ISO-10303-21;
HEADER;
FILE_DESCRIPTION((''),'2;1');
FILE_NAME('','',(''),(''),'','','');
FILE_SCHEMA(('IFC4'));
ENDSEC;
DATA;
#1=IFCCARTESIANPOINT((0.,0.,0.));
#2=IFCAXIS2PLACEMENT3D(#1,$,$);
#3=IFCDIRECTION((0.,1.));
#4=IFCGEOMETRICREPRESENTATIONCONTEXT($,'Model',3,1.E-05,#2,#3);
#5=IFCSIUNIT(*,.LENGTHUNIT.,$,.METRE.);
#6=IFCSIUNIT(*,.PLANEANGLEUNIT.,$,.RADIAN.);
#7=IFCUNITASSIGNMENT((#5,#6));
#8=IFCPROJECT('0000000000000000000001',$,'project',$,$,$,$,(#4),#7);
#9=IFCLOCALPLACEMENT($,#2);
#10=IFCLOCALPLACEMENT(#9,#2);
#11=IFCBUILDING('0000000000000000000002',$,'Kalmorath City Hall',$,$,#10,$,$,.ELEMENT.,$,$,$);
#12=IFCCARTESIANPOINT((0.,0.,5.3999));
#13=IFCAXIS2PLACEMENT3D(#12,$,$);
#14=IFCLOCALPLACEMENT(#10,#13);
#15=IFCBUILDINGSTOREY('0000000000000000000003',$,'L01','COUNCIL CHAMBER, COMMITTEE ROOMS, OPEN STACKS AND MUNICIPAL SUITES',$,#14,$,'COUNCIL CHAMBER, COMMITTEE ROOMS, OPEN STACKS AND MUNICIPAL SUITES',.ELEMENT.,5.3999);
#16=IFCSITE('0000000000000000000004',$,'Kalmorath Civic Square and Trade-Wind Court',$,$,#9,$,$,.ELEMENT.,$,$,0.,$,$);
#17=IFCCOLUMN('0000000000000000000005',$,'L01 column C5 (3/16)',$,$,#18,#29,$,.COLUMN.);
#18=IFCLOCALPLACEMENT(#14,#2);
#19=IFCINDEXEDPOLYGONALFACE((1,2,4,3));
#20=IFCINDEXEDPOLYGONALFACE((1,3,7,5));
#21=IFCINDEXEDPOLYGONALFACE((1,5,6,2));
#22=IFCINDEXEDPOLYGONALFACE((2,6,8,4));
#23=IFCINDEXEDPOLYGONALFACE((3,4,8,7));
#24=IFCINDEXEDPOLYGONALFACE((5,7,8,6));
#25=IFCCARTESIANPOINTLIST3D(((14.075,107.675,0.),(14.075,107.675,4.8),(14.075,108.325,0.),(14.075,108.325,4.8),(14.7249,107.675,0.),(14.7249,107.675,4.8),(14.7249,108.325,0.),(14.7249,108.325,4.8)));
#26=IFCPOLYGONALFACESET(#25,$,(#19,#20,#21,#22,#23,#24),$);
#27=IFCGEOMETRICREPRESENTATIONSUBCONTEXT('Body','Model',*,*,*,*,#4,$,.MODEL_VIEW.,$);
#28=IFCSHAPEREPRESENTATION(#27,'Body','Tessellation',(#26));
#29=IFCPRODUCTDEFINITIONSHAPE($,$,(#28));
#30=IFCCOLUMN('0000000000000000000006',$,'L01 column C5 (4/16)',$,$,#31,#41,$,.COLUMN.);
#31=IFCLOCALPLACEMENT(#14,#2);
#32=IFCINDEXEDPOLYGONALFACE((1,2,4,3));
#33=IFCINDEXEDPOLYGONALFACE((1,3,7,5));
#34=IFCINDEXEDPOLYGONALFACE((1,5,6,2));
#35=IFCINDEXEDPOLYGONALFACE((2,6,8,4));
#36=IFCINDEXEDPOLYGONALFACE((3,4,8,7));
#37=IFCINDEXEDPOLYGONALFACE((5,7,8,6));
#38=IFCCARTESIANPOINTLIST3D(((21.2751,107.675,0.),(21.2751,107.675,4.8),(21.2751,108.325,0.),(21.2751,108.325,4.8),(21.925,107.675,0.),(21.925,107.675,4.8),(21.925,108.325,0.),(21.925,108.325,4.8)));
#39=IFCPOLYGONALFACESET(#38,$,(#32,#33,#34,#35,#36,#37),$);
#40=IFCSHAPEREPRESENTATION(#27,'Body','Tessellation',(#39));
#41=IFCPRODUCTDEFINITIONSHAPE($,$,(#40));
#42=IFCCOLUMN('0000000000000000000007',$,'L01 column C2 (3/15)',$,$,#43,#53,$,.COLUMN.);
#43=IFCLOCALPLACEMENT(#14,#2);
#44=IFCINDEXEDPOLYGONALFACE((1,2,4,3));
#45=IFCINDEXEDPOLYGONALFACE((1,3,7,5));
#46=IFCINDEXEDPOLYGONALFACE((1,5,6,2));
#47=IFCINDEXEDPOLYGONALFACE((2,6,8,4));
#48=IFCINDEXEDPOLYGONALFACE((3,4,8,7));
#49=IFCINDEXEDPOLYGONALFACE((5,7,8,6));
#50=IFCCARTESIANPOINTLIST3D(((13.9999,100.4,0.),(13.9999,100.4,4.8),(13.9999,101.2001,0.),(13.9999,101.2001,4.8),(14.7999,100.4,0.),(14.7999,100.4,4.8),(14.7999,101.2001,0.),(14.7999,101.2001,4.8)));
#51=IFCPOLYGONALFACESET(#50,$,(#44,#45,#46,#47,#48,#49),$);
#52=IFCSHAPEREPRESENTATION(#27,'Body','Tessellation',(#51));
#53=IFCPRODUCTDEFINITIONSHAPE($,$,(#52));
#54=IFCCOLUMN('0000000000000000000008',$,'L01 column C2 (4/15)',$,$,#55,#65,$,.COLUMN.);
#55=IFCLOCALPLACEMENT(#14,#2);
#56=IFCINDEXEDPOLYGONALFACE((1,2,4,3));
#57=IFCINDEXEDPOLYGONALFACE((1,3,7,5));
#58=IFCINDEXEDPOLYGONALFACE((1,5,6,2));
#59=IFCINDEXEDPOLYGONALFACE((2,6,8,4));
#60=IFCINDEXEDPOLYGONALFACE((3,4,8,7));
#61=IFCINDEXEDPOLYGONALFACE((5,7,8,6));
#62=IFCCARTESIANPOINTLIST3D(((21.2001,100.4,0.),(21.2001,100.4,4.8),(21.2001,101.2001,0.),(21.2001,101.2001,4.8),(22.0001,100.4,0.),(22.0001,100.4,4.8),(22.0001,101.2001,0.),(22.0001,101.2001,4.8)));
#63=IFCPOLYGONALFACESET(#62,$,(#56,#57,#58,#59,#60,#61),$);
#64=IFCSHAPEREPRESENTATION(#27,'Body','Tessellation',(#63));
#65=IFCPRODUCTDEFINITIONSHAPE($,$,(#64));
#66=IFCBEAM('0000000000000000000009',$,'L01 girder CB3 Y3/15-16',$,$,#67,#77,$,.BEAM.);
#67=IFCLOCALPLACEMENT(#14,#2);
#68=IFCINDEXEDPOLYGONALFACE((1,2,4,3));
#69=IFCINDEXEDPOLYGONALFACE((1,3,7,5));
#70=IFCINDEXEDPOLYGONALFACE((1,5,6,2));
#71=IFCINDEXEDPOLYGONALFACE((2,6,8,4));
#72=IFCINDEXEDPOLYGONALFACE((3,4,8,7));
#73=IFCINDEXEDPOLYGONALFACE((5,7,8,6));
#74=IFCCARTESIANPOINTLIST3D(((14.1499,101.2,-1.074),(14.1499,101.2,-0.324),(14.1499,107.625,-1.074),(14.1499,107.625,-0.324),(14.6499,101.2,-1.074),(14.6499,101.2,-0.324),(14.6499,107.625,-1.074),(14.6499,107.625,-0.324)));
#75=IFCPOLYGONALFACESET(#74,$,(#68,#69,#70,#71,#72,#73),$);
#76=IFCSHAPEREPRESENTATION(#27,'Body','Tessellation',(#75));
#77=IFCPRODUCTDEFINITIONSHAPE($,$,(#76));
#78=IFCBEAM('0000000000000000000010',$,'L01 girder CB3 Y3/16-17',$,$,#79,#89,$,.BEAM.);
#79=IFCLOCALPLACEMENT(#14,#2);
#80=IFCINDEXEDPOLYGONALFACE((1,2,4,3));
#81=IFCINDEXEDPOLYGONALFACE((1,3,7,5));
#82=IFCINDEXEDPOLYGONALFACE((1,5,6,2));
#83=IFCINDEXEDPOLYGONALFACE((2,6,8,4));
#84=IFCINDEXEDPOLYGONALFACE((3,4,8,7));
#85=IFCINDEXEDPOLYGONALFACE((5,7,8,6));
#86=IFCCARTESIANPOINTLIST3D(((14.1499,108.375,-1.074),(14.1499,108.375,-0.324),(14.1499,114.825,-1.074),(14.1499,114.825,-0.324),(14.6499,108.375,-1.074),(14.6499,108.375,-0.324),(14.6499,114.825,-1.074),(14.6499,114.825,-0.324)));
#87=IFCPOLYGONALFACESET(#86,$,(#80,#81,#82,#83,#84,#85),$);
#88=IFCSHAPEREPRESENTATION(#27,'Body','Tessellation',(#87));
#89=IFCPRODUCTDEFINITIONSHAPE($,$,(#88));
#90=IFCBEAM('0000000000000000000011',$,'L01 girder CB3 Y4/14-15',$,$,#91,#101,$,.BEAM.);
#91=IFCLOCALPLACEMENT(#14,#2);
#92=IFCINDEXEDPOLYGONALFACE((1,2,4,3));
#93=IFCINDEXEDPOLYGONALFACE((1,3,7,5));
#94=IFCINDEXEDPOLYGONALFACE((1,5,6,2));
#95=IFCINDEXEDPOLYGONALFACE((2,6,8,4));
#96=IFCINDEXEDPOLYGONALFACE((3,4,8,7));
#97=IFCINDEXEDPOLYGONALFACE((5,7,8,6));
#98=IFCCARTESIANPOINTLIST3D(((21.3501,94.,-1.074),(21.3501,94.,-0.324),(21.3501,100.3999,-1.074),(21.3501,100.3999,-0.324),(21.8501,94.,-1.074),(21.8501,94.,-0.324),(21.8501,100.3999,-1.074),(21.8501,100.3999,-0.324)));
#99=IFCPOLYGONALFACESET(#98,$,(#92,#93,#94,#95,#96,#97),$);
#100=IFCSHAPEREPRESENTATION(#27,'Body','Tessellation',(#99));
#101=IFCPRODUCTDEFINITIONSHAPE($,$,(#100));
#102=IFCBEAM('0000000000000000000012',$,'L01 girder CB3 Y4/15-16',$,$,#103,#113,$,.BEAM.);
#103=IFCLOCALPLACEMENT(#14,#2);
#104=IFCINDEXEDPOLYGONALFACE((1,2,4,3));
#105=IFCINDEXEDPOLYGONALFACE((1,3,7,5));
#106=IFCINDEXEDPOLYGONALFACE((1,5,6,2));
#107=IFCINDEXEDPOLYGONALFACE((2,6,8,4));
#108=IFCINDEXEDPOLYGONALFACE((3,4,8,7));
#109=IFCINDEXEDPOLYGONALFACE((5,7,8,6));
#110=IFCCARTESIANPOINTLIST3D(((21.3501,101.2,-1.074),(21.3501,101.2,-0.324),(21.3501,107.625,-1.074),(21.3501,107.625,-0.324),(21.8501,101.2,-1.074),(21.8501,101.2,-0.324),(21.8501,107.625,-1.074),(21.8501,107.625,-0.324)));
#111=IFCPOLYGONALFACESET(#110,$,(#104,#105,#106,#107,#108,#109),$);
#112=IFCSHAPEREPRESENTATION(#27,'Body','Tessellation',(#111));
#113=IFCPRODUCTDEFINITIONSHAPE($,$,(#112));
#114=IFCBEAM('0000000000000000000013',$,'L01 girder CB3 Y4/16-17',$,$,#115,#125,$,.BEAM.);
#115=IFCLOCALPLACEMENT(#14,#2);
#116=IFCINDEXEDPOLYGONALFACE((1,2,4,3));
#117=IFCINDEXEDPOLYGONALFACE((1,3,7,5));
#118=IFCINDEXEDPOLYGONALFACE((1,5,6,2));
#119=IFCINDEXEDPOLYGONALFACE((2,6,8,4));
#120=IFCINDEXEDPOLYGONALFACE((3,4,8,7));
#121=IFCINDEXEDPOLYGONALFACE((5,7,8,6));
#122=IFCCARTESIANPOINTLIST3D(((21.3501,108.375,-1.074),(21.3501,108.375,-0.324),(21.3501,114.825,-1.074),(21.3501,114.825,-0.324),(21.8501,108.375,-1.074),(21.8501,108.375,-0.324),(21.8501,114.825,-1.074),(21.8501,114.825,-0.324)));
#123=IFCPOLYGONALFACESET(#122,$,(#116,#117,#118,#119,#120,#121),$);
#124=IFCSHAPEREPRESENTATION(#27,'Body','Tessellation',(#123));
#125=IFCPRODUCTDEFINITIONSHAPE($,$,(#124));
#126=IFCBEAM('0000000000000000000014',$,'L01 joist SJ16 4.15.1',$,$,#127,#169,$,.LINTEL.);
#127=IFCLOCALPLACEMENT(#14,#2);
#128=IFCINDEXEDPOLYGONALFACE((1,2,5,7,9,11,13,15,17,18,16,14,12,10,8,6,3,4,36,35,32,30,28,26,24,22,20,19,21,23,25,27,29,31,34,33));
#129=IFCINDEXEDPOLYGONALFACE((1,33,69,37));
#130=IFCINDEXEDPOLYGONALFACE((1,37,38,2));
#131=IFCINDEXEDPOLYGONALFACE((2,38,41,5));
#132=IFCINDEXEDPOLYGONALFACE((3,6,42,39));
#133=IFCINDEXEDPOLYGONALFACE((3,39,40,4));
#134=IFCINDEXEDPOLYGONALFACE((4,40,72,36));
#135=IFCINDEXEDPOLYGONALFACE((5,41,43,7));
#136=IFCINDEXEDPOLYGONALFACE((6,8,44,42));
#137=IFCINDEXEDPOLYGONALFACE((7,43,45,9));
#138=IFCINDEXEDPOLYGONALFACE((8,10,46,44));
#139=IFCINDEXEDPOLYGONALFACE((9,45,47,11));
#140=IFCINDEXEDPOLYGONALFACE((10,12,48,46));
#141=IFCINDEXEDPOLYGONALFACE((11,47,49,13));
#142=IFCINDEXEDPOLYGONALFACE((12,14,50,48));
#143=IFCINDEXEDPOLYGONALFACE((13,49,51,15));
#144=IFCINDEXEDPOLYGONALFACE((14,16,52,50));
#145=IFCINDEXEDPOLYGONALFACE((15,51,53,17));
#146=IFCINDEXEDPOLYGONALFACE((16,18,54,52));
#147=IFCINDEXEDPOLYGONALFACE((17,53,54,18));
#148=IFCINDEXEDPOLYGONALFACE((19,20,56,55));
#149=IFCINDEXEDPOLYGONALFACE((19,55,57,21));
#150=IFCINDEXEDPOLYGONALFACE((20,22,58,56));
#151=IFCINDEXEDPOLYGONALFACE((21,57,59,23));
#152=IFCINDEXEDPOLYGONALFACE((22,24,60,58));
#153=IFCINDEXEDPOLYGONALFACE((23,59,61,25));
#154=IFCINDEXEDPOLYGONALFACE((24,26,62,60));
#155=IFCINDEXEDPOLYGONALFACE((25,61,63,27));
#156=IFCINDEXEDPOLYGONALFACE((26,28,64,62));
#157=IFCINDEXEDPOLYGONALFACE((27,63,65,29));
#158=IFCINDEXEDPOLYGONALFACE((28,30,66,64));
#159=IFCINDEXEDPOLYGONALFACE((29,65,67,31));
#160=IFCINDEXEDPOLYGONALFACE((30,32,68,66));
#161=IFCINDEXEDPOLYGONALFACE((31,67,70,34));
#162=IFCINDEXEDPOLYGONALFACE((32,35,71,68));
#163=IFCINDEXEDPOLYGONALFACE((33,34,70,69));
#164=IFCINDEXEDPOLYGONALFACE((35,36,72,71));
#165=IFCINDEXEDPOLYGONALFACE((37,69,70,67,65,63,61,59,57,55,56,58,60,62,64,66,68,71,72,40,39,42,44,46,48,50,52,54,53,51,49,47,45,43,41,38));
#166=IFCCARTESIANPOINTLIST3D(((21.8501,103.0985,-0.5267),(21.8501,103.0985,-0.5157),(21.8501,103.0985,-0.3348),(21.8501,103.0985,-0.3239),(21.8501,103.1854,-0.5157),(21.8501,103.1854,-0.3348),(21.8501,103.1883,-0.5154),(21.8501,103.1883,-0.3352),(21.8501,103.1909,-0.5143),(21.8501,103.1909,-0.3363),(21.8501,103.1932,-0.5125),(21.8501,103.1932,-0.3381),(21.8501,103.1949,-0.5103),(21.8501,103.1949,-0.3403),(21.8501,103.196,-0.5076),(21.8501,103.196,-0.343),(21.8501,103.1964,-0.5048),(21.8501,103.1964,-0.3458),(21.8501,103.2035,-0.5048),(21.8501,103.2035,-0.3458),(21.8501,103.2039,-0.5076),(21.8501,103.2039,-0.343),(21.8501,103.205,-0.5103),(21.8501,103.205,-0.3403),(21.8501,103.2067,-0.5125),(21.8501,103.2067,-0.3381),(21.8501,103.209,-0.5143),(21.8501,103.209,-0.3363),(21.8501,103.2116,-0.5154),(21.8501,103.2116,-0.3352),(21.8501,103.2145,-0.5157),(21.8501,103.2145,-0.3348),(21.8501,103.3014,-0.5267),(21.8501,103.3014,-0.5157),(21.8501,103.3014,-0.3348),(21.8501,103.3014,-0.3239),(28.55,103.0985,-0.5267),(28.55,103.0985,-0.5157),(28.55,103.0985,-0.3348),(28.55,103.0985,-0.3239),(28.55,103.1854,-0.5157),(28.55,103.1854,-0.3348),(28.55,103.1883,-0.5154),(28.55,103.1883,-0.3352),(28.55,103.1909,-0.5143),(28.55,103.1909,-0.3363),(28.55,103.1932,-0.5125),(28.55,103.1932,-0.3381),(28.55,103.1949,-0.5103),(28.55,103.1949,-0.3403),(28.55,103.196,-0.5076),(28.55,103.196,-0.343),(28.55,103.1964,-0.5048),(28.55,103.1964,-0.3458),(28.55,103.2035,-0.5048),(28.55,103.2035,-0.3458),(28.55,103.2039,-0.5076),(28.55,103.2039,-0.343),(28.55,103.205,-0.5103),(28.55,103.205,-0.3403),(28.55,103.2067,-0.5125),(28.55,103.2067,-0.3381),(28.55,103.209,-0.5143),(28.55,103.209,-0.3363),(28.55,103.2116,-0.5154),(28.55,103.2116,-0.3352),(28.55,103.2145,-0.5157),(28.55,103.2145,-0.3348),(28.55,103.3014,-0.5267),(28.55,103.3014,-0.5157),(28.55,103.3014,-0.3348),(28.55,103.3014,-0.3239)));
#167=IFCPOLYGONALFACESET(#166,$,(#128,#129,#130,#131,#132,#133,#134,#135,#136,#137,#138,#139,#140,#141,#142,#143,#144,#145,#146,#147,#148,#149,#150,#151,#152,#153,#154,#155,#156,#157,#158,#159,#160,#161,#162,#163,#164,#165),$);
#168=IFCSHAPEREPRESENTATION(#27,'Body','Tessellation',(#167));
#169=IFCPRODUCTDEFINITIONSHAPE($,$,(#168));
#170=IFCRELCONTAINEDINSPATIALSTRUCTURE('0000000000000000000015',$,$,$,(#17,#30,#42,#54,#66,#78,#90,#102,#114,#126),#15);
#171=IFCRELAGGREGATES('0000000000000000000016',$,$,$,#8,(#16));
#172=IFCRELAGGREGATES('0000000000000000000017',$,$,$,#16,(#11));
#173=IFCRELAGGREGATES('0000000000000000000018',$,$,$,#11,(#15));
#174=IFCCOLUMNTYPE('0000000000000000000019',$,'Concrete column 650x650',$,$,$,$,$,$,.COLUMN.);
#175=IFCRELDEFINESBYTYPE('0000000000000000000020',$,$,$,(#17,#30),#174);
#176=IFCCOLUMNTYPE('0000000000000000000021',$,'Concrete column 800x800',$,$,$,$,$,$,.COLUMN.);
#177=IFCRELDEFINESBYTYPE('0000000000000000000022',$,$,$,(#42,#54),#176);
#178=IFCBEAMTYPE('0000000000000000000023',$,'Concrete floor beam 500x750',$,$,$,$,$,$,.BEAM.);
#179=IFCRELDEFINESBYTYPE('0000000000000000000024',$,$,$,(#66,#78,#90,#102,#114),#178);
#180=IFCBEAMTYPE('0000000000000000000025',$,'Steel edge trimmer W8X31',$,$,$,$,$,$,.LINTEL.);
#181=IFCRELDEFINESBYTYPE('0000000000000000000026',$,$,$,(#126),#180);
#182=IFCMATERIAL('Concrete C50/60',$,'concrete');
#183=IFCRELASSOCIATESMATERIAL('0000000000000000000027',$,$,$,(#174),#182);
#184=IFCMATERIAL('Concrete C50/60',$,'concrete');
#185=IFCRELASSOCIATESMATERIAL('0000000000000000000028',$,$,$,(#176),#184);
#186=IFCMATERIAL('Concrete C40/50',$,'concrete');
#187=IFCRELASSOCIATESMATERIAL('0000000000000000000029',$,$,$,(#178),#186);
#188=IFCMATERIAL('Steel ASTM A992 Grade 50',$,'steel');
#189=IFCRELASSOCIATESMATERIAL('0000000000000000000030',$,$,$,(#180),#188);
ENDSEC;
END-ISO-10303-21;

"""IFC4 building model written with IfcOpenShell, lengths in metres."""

from ifc_helpers import new_model, si_unit, direction, frame, origin, origin_2d, place, context, subcontext, project, spatial, rectangle, i_section, extrude, material, material_profile, profile_set, type_object, element, save


model = new_model("IFC4")

# Units and contexts
model_context = context("Model", 3, precision=1e-05, world=origin(), true_north=direction((0.0, 1.0)))
body_context = subcontext(model_context, "Body", "Model", "MODEL_VIEW")
ifc_project = project(units=[si_unit("LENGTHUNIT", "METRE"), si_unit("PLANEANGLEUNIT", "RADIAN")], contexts=[model_context])

# Site, building, storey
site_placement = place(None, origin())
site = spatial("IfcSite", under=ifc_project, at=site_placement, Name="Kalmorath Civic Square and Trade-Wind Court", CompositionType="ELEMENT", RefElevation=0.0)
building_placement = place(site_placement, origin())
building = spatial("IfcBuilding", under=site, at=building_placement, Name="Kalmorath City Hall", CompositionType="ELEMENT")
storey_placement = place(building_placement, frame((0.0, 0.0, 5.3999)))
storey = spatial("IfcBuildingStorey", under=building, at=storey_placement, Name="L01", Description="COUNCIL CHAMBER, COMMITTEE ROOMS, OPEN STACKS AND MUNICIPAL SUITES", LongName="COUNCIL CHAMBER, COMMITTEE ROOMS, OPEN STACKS AND MUNICIPAL SUITES", CompositionType="ELEMENT", Elevation=5.3999)

# Columns
ifc_material_1 = material(Name="Concrete C50/60", Category="concrete")
ifc_material_profile_1 = material_profile(ifc_material_1, rectangle(XDim=0.6499, YDim=0.6499, at=origin_2d()), Name="RC-COL-650X650")
ifc_profile_set_1 = profile_set([ifc_material_profile_1], Name="Concrete C50/60")
column_type_1 = type_object("IfcColumnType", Name="Concrete column 650x650", PredefinedType="COLUMN", material=ifc_profile_set_1)
for number, where, z_axis, x_axis, name in (
    (1, (14.3999, 108.0, 0.0), (0.0, 0.0, 1.0), (1.0, 0.0, 0.0), "L01 column C5 (3/16)"),
    (2, (21.6001, 108.0, 0.0), (0.0, 0.0, 1.0), (1.0, 0.0, 0.0), "L01 column C5 (4/16)"),
):
    element("IfcColumn", number, at=place(storey_placement, frame(where, z_axis=z_axis, x_axis=x_axis)), inside=storey, type_object=column_type_1, Name=name, PredefinedType="COLUMN", context=body_context, shape_type="SweptSolid", body=[
        extrude(rectangle(XDim=0.6499, YDim=0.6499, at=origin_2d()), origin(), (0.0, 0.0, 1.0), 4.8),
    ])
ifc_material_2 = material(Name="Concrete C50/60", Category="concrete")
ifc_material_profile_2 = material_profile(ifc_material_2, rectangle(XDim=0.8, YDim=0.8, at=origin_2d()), Name="RC-COL-800X800")
ifc_profile_set_2 = profile_set([ifc_material_profile_2], Name="Concrete C50/60")
column_type_2 = type_object("IfcColumnType", Name="Concrete column 800x800", PredefinedType="COLUMN", material=ifc_profile_set_2)
for number, where, z_axis, x_axis, name in (
    (3, (14.3999, 100.8, 0.0), (0.0, 0.0, 1.0), (1.0, 0.0, 0.0), "L01 column C2 (3/15)"),
    (4, (21.6001, 100.8, 0.0), (0.0, 0.0, 1.0), (1.0, 0.0, 0.0), "L01 column C2 (4/15)"),
):
    element("IfcColumn", number, at=place(storey_placement, frame(where, z_axis=z_axis, x_axis=x_axis)), inside=storey, type_object=column_type_2, Name=name, PredefinedType="COLUMN", context=body_context, shape_type="SweptSolid", body=[
        extrude(rectangle(XDim=0.8, YDim=0.8, at=origin_2d()), origin(), (0.0, 0.0, 1.0), 4.8),
    ])

# Beams
ifc_material_3 = material(Name="Concrete C40/50", Category="concrete")
ifc_material_profile_3 = material_profile(ifc_material_3, rectangle(XDim=0.5, YDim=0.75, at=origin_2d()), Name="RC-BM-500X750")
ifc_profile_set_3 = profile_set([ifc_material_profile_3], Name="Concrete C40/50")
beam_type_1 = type_object("IfcBeamType", Name="Concrete floor beam 500x750", PredefinedType="BEAM", material=ifc_profile_set_3)
beam_1_placement = place(storey_placement, frame((14.3999, 101.2, -0.699), z_axis=(0.0, 1.0, 0.0), x_axis=(-1.0, 0.0, 0.0)))
element("IfcBeam", 5, at=beam_1_placement, inside=storey, type_object=beam_type_1, Name="L01 girder CB3 Y3/15-16", PredefinedType="BEAM", context=body_context, shape_type="SweptSolid", body=[
    extrude(rectangle(XDim=0.5, YDim=0.75, at=origin_2d()), origin(), (0.0, 0.0, 1.0), 6.425),
])
beam_2_placement = place(storey_placement, frame((14.3999, 108.375, -0.699), z_axis=(0.0, 1.0, 0.0), x_axis=(-1.0, 0.0, 0.0)))
element("IfcBeam", 6, at=beam_2_placement, inside=storey, type_object=beam_type_1, Name="L01 girder CB3 Y3/16-17", PredefinedType="BEAM", context=body_context, shape_type="SweptSolid", body=[
    extrude(rectangle(XDim=0.5, YDim=0.75, at=origin_2d()), origin(), (0.0, 0.0, 1.0), 6.45),
])
beam_3_placement = place(storey_placement, frame((21.6001, 94.0, -0.699), z_axis=(0.0, 1.0, 0.0), x_axis=(-1.0, 0.0, 0.0)))
element("IfcBeam", 7, at=beam_3_placement, inside=storey, type_object=beam_type_1, Name="L01 girder CB3 Y4/14-15", PredefinedType="BEAM", context=body_context, shape_type="SweptSolid", body=[
    extrude(rectangle(XDim=0.5, YDim=0.75, at=origin_2d()), origin(), (0.0, 0.0, 1.0), 6.3999),
])
beam_4_placement = place(storey_placement, frame((21.6001, 101.2, -0.699), z_axis=(0.0, 1.0, 0.0), x_axis=(-1.0, 0.0, 0.0)))
element("IfcBeam", 8, at=beam_4_placement, inside=storey, type_object=beam_type_1, Name="L01 girder CB3 Y4/15-16", PredefinedType="BEAM", context=body_context, shape_type="SweptSolid", body=[
    extrude(rectangle(XDim=0.5, YDim=0.75, at=origin_2d()), origin(), (0.0, 0.0, 1.0), 6.425),
])
beam_5_placement = place(storey_placement, frame((21.6001, 108.375, -0.699), z_axis=(0.0, 1.0, 0.0), x_axis=(-1.0, 0.0, 0.0)))
element("IfcBeam", 9, at=beam_5_placement, inside=storey, type_object=beam_type_1, Name="L01 girder CB3 Y4/16-17", PredefinedType="BEAM", context=body_context, shape_type="SweptSolid", body=[
    extrude(rectangle(XDim=0.5, YDim=0.75, at=origin_2d()), origin(), (0.0, 0.0, 1.0), 6.45),
])
ifc_material_4 = material(Name="Steel ASTM A992 Grade 50", Category="steel")
ifc_material_profile_4 = material_profile(ifc_material_4, i_section(OverallWidth=0.2029, OverallDepth=0.2029, WebThickness=0.0071, FlangeThickness=0.011, FilletRadius=0.011, at=origin_2d()), Name="W8X31")
ifc_profile_set_4 = profile_set([ifc_material_profile_4], Name="Steel ASTM A992 Grade 50")
beam_type_2 = type_object("IfcBeamType", Name="Steel edge trimmer W8X31", PredefinedType="LINTEL", material=ifc_profile_set_4)
for number, where, z_axis, x_axis, name in (
    (10, (21.8501, 103.2, -0.4253), (1.0, 0.0, 0.0), (0.0, 1.0, 0.0), "L01 joist SJ16 4.15.1"),
):
    element("IfcBeam", number, at=place(storey_placement, frame(where, z_axis=z_axis, x_axis=x_axis)), inside=storey, type_object=beam_type_2, Name=name, PredefinedType="LINTEL", context=body_context, shape_type="SweptSolid", body=[
        extrude(i_section(OverallWidth=0.2029, OverallDepth=0.2029, WebThickness=0.0071, FlangeThickness=0.011, FilletRadius=0.011, at=origin_2d()), origin(), (0.0, 0.0, 1.0), 6.7),
    ])

save(model, "model.ifc")
